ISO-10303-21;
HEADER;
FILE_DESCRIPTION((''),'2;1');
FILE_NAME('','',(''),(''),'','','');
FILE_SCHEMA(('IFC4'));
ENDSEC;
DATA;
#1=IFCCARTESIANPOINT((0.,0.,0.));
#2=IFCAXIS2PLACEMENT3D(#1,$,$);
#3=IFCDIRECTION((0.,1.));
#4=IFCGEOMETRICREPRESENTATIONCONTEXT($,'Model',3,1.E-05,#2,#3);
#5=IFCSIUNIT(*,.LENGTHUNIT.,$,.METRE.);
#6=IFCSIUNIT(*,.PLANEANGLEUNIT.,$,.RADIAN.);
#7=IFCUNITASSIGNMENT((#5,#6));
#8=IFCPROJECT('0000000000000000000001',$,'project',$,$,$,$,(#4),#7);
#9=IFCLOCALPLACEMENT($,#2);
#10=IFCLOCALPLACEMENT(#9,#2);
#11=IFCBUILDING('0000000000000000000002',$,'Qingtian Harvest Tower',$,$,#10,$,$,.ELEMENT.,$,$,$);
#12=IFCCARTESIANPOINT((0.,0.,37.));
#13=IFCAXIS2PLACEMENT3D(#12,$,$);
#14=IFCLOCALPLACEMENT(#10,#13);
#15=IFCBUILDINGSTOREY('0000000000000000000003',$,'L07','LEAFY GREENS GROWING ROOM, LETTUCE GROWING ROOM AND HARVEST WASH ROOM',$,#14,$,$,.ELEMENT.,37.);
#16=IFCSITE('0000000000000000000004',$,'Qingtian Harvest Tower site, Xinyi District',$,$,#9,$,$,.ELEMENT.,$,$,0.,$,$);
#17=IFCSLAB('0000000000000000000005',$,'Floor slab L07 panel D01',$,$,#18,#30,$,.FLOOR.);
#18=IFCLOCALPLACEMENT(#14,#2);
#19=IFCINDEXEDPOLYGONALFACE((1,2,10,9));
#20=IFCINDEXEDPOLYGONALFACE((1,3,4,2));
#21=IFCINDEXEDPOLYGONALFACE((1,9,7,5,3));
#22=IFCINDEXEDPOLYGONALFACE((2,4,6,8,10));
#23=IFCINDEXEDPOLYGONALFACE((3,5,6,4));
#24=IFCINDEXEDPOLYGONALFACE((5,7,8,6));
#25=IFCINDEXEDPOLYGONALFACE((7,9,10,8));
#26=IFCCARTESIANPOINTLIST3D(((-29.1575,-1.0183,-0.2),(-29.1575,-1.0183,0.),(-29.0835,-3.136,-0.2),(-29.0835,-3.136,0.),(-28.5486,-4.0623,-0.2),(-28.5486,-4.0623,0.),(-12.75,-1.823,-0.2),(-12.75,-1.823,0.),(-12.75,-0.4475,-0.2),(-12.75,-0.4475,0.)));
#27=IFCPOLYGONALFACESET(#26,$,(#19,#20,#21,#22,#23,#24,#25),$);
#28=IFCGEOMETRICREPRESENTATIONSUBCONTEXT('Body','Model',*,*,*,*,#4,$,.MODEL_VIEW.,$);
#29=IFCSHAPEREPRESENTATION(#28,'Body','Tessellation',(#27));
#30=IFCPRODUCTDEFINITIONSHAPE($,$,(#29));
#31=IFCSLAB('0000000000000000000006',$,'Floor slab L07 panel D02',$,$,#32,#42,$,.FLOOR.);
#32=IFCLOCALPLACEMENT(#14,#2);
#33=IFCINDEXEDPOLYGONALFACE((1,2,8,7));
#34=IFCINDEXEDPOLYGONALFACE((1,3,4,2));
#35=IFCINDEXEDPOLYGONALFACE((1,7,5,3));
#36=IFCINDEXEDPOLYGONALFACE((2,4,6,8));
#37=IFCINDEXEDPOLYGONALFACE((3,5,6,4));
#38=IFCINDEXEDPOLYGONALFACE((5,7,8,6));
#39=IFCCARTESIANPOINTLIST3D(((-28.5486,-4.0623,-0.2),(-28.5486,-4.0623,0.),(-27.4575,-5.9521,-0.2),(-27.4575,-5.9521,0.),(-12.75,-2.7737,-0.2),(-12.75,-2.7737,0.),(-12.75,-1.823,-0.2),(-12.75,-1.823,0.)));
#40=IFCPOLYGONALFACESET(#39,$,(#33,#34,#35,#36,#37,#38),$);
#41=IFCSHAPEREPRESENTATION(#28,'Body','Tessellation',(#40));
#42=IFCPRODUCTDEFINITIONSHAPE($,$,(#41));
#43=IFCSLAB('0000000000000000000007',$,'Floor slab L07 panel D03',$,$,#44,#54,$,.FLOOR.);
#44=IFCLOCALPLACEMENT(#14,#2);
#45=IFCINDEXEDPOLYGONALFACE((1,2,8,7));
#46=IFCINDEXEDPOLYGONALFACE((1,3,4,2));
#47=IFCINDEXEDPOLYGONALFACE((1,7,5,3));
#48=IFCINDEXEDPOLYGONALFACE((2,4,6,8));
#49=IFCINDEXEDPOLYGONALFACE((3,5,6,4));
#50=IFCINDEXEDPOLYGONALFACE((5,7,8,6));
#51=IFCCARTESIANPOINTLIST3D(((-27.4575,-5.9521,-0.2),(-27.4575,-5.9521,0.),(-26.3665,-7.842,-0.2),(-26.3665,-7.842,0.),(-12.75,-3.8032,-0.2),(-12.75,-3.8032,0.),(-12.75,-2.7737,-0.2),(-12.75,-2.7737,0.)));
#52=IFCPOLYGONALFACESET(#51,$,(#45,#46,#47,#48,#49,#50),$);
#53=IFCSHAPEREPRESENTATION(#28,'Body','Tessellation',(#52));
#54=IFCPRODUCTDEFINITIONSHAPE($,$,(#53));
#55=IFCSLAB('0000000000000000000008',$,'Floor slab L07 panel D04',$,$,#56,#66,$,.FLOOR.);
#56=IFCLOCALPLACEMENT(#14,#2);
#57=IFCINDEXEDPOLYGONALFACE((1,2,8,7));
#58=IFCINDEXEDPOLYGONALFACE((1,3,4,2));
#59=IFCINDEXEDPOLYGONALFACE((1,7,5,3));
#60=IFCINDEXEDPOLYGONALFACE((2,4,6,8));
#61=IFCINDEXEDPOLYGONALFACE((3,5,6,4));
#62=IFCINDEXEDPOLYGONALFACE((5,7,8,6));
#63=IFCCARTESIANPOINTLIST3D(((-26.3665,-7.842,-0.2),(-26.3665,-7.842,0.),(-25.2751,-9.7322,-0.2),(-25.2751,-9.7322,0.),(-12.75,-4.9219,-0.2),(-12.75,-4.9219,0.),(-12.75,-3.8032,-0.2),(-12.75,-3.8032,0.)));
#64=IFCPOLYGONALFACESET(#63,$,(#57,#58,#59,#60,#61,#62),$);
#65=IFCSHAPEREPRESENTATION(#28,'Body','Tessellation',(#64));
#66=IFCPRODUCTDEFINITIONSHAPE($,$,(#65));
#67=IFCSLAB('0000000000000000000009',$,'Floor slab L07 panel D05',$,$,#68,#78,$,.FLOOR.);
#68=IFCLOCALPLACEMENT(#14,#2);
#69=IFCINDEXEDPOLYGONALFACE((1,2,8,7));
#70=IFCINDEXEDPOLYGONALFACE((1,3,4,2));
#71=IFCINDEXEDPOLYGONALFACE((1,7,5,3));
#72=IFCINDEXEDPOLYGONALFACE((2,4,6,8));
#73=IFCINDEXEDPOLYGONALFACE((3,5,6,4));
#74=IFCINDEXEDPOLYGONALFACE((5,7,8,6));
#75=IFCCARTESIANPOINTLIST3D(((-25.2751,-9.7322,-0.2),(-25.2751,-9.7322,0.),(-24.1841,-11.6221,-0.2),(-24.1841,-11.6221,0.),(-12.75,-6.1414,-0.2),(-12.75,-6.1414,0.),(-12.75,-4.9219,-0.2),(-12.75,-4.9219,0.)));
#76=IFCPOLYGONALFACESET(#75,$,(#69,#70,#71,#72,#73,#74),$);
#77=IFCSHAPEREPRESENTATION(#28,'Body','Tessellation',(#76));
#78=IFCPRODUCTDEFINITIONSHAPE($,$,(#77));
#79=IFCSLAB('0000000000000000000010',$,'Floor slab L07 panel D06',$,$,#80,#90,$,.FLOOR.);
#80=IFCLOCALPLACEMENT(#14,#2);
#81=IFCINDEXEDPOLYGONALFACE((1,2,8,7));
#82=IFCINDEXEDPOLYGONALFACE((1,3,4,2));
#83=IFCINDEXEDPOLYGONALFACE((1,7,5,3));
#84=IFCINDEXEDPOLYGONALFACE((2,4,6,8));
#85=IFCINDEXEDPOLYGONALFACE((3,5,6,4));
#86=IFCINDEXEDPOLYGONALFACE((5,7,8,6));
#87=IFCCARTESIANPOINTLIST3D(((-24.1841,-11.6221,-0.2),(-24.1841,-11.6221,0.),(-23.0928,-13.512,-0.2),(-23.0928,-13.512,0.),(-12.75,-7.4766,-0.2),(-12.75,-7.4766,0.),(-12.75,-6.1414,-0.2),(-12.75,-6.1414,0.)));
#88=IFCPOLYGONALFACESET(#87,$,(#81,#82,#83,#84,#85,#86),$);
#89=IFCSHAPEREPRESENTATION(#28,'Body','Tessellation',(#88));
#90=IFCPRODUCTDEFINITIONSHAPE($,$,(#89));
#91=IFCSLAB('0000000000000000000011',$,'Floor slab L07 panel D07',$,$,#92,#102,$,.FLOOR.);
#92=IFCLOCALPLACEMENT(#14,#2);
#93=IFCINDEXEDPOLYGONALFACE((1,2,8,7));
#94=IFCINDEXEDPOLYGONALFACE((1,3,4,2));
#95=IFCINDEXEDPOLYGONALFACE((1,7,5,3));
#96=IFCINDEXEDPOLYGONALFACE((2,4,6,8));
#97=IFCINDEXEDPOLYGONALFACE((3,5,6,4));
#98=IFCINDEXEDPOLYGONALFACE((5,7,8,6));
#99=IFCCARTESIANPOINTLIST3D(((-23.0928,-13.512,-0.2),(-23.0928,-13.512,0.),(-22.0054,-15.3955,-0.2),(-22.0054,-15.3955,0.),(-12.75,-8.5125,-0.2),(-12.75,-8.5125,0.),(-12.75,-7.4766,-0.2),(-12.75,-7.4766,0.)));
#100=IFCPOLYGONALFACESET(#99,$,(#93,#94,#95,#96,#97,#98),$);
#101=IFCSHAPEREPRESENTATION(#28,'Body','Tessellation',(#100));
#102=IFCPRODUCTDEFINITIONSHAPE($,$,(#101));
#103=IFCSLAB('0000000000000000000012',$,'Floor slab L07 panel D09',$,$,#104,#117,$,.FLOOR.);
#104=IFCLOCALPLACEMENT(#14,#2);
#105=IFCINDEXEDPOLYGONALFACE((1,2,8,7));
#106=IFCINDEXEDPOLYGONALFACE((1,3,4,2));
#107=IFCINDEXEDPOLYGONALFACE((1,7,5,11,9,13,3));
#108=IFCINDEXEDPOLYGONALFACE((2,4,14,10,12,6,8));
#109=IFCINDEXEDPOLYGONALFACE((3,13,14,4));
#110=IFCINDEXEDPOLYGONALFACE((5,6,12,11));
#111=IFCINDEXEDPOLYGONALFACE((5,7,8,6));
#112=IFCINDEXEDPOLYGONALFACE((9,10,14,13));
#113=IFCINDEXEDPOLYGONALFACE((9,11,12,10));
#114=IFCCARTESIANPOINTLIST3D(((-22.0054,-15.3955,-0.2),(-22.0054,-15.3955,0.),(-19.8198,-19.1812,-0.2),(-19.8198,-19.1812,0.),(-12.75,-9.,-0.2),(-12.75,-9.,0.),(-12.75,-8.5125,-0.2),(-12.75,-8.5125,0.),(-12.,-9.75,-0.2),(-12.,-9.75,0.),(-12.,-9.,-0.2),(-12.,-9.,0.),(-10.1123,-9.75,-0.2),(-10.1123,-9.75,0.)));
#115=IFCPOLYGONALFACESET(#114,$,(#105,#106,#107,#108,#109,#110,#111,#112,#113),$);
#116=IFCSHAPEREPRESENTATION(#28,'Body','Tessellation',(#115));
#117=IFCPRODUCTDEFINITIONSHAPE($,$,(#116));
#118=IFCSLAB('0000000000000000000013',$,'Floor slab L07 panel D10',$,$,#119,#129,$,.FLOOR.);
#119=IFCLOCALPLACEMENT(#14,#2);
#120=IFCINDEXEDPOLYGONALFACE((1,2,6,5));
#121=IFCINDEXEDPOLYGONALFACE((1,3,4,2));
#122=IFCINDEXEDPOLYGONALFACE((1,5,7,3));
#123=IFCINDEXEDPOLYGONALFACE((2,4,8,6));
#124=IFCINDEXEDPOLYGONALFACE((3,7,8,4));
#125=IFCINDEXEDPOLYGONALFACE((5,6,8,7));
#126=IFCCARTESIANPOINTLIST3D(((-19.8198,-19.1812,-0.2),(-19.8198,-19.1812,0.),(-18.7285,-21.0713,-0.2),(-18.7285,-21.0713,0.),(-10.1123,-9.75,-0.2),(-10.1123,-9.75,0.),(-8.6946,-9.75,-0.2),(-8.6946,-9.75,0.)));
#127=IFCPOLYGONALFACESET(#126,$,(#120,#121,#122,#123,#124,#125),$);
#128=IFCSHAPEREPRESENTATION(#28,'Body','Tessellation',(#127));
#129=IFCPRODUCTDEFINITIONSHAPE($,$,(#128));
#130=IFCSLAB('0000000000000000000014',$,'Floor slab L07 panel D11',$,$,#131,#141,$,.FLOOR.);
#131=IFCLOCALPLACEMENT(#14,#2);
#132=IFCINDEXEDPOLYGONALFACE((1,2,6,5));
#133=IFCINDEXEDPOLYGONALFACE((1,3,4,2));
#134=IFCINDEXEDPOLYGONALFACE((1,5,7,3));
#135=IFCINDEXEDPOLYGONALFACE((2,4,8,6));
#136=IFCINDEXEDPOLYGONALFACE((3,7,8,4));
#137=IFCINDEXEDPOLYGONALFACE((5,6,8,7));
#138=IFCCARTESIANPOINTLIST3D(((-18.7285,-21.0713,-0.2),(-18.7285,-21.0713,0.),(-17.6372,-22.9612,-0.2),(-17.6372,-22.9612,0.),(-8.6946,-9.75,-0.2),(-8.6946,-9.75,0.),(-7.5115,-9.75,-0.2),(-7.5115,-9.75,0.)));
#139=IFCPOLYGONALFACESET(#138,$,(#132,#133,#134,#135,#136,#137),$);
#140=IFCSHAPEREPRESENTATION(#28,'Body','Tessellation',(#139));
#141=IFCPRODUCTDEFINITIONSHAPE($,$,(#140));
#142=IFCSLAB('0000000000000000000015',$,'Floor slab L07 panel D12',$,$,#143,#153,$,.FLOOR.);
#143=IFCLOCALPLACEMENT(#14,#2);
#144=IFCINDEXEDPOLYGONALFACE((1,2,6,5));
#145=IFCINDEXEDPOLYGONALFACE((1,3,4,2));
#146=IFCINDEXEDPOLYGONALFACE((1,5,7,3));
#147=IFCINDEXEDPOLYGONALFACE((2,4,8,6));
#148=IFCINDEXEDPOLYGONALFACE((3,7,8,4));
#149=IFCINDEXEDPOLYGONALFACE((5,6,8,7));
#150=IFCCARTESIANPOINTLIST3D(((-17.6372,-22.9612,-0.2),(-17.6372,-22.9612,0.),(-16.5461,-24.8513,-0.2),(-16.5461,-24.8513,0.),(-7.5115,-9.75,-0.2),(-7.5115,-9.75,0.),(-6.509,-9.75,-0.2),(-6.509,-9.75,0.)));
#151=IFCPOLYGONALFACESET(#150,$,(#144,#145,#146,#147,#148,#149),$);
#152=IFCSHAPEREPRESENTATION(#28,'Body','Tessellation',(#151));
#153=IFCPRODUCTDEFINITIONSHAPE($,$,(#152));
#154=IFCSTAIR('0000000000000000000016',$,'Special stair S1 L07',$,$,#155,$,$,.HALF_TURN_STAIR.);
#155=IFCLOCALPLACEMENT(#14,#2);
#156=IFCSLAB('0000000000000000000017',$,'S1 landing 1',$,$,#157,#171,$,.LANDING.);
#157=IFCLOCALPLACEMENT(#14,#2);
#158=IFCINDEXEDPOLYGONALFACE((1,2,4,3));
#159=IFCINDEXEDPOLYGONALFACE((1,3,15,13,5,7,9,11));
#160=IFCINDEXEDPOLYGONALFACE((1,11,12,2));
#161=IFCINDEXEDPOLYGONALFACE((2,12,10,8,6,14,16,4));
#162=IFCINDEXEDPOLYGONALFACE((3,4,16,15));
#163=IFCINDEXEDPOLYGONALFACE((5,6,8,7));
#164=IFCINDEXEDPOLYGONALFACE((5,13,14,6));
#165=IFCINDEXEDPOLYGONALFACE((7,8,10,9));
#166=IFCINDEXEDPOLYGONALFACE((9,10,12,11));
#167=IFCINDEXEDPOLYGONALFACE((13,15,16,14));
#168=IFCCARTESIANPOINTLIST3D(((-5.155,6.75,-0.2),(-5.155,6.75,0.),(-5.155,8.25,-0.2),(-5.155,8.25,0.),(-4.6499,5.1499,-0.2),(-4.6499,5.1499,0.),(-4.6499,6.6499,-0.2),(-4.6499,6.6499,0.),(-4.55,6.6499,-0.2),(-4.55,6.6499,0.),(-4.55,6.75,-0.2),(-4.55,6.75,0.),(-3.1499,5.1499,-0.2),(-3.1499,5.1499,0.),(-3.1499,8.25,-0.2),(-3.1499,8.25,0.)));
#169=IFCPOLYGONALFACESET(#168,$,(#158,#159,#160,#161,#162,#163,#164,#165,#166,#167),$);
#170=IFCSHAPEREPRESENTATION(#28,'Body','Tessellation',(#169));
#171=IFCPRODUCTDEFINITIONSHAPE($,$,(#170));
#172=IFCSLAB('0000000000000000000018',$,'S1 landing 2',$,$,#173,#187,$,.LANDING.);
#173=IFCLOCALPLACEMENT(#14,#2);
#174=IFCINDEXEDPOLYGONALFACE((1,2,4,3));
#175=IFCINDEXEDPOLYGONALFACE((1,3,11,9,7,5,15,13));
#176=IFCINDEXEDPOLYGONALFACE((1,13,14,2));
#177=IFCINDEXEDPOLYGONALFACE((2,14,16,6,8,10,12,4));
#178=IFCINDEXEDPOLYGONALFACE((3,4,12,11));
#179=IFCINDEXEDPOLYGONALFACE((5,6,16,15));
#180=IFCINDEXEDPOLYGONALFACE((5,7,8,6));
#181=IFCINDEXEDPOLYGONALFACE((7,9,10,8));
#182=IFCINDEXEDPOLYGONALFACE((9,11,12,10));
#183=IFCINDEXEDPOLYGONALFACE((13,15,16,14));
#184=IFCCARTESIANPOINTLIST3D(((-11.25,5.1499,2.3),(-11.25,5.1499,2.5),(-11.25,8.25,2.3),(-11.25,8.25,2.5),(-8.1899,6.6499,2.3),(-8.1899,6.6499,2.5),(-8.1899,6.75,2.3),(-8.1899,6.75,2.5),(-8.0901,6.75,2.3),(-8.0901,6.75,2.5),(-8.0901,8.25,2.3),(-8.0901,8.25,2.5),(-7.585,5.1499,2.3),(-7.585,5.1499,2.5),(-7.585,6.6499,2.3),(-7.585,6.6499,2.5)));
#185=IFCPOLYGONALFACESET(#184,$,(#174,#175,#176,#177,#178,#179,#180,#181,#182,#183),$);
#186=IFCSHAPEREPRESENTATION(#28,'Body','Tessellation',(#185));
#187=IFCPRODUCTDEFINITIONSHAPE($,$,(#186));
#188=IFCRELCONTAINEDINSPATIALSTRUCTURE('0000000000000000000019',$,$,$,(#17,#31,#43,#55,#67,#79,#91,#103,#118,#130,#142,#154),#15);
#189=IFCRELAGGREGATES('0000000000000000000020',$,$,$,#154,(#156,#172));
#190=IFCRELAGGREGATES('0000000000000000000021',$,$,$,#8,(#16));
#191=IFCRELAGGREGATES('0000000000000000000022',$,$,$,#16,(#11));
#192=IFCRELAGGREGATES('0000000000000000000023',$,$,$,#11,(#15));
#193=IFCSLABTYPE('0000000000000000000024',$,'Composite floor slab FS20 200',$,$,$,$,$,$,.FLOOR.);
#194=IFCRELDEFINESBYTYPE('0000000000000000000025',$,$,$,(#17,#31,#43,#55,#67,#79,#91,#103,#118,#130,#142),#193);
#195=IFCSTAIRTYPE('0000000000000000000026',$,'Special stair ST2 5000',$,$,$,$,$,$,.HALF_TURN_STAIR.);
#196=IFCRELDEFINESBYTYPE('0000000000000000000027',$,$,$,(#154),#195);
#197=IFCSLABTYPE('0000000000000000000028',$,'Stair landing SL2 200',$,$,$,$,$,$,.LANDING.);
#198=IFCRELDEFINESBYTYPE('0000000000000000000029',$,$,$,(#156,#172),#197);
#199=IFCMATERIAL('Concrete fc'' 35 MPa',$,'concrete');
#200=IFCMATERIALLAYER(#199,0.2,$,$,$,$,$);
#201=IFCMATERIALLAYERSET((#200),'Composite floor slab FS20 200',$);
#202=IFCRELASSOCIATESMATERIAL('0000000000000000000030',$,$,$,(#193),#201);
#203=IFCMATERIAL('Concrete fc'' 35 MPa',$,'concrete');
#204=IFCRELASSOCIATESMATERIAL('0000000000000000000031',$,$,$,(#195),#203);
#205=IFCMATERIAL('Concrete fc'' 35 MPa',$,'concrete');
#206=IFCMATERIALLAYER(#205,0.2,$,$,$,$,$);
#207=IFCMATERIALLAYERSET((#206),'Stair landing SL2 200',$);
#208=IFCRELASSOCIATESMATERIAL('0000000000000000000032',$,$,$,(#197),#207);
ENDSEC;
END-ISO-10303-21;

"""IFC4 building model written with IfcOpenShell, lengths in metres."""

from ifc_helpers import new_model, si_unit, direction, frame, origin, place, context, subcontext, project, spatial, polyline, outline, extrude, material, layer, layer_set, type_object, element, aggregate, save


model = new_model("IFC4")

# Units and contexts
model_context = context("Model", 3, precision=1e-05, world=origin(), true_north=direction((0.0, 1.0)))
body_context = subcontext(model_context, "Body", "Model", "MODEL_VIEW")
ifc_project = project(units=[si_unit("LENGTHUNIT", "METRE"), si_unit("PLANEANGLEUNIT", "RADIAN")], contexts=[model_context])

# Site, building, storey
site_placement = place(None, origin())
site = spatial("IfcSite", under=ifc_project, at=site_placement, Name="Qingtian Harvest Tower site, Xinyi District", CompositionType="ELEMENT", RefElevation=0.0)
building_placement = place(site_placement, origin())
building = spatial("IfcBuilding", under=site, at=building_placement, Name="Qingtian Harvest Tower", CompositionType="ELEMENT")
storey_placement = place(building_placement, frame((0.0, 0.0, 37.0)))
storey = spatial("IfcBuildingStorey", under=building, at=storey_placement, Name="L07", Description="LEAFY GREENS GROWING ROOM, LETTUCE GROWING ROOM AND HARVEST WASH ROOM", CompositionType="ELEMENT", Elevation=37.0)

# Slabs
ifc_material_1 = material(Name="Concrete fc' 35 MPa", Category="concrete")
ifc_layer_1 = layer(ifc_material_1, 0.2)
ifc_layer_set_1 = layer_set([ifc_layer_1], Name="Composite floor slab FS20 200")
slab_type_1 = type_object("IfcSlabType", Name="Composite floor slab FS20 200", PredefinedType="FLOOR", material=ifc_layer_set_1)
slab_1_placement = place(storey_placement, frame((0.0, 0.0, -0.2)))
element("IfcSlab", 1, at=slab_1_placement, inside=storey, type_object=slab_type_1, Name="Floor slab L07 panel D01", PredefinedType="FLOOR", context=body_context, shape_type="SweptSolid", body=[
    extrude(outline(polyline([(-29.1575, -1.0183), (-12.75, -0.4475), (-12.75, -1.823), (-28.5486, -4.0623), (-29.0835, -3.136), (-29.1575, -1.0183)])), origin(), (0.0, 0.0, 1.0), 0.2),
])
slab_2_placement = place(storey_placement, frame((0.0, 0.0, -0.2)))
element("IfcSlab", 2, at=slab_2_placement, inside=storey, type_object=slab_type_1, Name="Floor slab L07 panel D02", PredefinedType="FLOOR", context=body_context, shape_type="SweptSolid", body=[
    extrude(outline(polyline([(-12.75, -2.7737), (-27.4575, -5.9521), (-28.5486, -4.0623), (-12.75, -1.823), (-12.75, -2.7737)])), origin(), (0.0, 0.0, 1.0), 0.2),
])
slab_3_placement = place(storey_placement, frame((0.0, 0.0, -0.2)))
element("IfcSlab", 3, at=slab_3_placement, inside=storey, type_object=slab_type_1, Name="Floor slab L07 panel D03", PredefinedType="FLOOR", context=body_context, shape_type="SweptSolid", body=[
    extrude(outline(polyline([(-12.75, -3.8032), (-26.3665, -7.842), (-27.4575, -5.9521), (-12.75, -2.7737), (-12.75, -3.8032)])), origin(), (0.0, 0.0, 1.0), 0.2),
])
slab_4_placement = place(storey_placement, frame((0.0, 0.0, -0.2)))
element("IfcSlab", 4, at=slab_4_placement, inside=storey, type_object=slab_type_1, Name="Floor slab L07 panel D04", PredefinedType="FLOOR", context=body_context, shape_type="SweptSolid", body=[
    extrude(outline(polyline([(-12.75, -4.9219), (-25.2751, -9.7322), (-26.3665, -7.842), (-12.75, -3.8032), (-12.75, -4.9219)])), origin(), (0.0, 0.0, 1.0), 0.2),
])
slab_5_placement = place(storey_placement, frame((0.0, 0.0, -0.2)))
element("IfcSlab", 5, at=slab_5_placement, inside=storey, type_object=slab_type_1, Name="Floor slab L07 panel D05", PredefinedType="FLOOR", context=body_context, shape_type="SweptSolid", body=[
    extrude(outline(polyline([(-12.75, -6.1414), (-24.1841, -11.6221), (-25.2751, -9.7322), (-12.75, -4.9219), (-12.75, -6.1414)])), origin(), (0.0, 0.0, 1.0), 0.2),
])
slab_6_placement = place(storey_placement, frame((0.0, 0.0, -0.2)))
element("IfcSlab", 6, at=slab_6_placement, inside=storey, type_object=slab_type_1, Name="Floor slab L07 panel D06", PredefinedType="FLOOR", context=body_context, shape_type="SweptSolid", body=[
    extrude(outline(polyline([(-12.75, -7.4766), (-23.0928, -13.512), (-24.1841, -11.6221), (-12.75, -6.1414), (-12.75, -7.4766)])), origin(), (0.0, 0.0, 1.0), 0.2),
])
slab_7_placement = place(storey_placement, frame((0.0, 0.0, -0.2)))
element("IfcSlab", 7, at=slab_7_placement, inside=storey, type_object=slab_type_1, Name="Floor slab L07 panel D07", PredefinedType="FLOOR", context=body_context, shape_type="SweptSolid", body=[
    extrude(outline(polyline([(-12.75, -8.5125), (-22.0054, -15.3955), (-23.0928, -13.512), (-12.75, -7.4766), (-12.75, -8.5125)])), origin(), (0.0, 0.0, 1.0), 0.2),
])
slab_8_placement = place(storey_placement, frame((0.0, 0.0, -0.2)))
element("IfcSlab", 8, at=slab_8_placement, inside=storey, type_object=slab_type_1, Name="Floor slab L07 panel D09", PredefinedType="FLOOR", context=body_context, shape_type="SweptSolid", body=[
    extrude(outline(polyline([(-19.8198, -19.1812), (-22.0054, -15.3955), (-12.75, -8.5125), (-12.75, -9.0), (-12.0, -9.0), (-12.0, -9.75), (-10.1123, -9.75), (-19.8198, -19.1812)])), origin(), (0.0, 0.0, 1.0), 0.2),
])
slab_9_placement = place(storey_placement, frame((0.0, 0.0, -0.2)))
element("IfcSlab", 9, at=slab_9_placement, inside=storey, type_object=slab_type_1, Name="Floor slab L07 panel D10", PredefinedType="FLOOR", context=body_context, shape_type="SweptSolid", body=[
    extrude(outline(polyline([(-8.6946, -9.75), (-18.7285, -21.0713), (-19.8198, -19.1812), (-10.1123, -9.75), (-8.6946, -9.75)])), origin(), (0.0, 0.0, 1.0), 0.2),
])
slab_10_placement = place(storey_placement, frame((0.0, 0.0, -0.2)))
element("IfcSlab", 10, at=slab_10_placement, inside=storey, type_object=slab_type_1, Name="Floor slab L07 panel D11", PredefinedType="FLOOR", context=body_context, shape_type="SweptSolid", body=[
    extrude(outline(polyline([(-7.5115, -9.75), (-17.6372, -22.9612), (-18.7285, -21.0713), (-8.6946, -9.75), (-7.5115, -9.75)])), origin(), (0.0, 0.0, 1.0), 0.2),
])
slab_11_placement = place(storey_placement, frame((0.0, 0.0, -0.2)))
element("IfcSlab", 11, at=slab_11_placement, inside=storey, type_object=slab_type_1, Name="Floor slab L07 panel D12", PredefinedType="FLOOR", context=body_context, shape_type="SweptSolid", body=[
    extrude(outline(polyline([(-6.509, -9.75), (-16.5461, -24.8513), (-17.6372, -22.9612), (-7.5115, -9.75), (-6.509, -9.75)])), origin(), (0.0, 0.0, 1.0), 0.2),
])

# Stair, slabs
ifc_material_2 = material(Name="Concrete fc' 35 MPa", Category="concrete")
stair_type = type_object("IfcStairType", Name="Special stair ST2 5000", PredefinedType="HALF_TURN_STAIR", material=ifc_material_2)
stair_1_placement = place(storey_placement, origin())
stair_1 = element("IfcStair", 12, at=stair_1_placement, inside=storey, type_object=stair_type, Name="Special stair S1 L07", PredefinedType="HALF_TURN_STAIR")
ifc_material_3 = material(Name="Concrete fc' 35 MPa", Category="concrete")
ifc_layer_2 = layer(ifc_material_3, 0.2)
ifc_layer_set_2 = layer_set([ifc_layer_2], Name="Stair landing SL2 200")
slab_type_2 = type_object("IfcSlabType", Name="Stair landing SL2 200", PredefinedType="LANDING", material=ifc_layer_set_2)
slab_12_placement = place(storey_placement, frame((0.0, 0.0, -0.2)))
slab_12 = element("IfcSlab", 13, at=slab_12_placement, type_object=slab_type_2, Name="S1 landing 1", PredefinedType="LANDING", context=body_context, shape_type="SweptSolid", body=[
    extrude(outline(polyline([(-4.6499, 5.1499), (-4.6499, 6.6499), (-4.55, 6.6499), (-4.55, 6.75), (-5.155, 6.75), (-5.155, 8.25), (-3.1499, 8.25), (-3.1499, 5.1499), (-4.6499, 5.1499)])), origin(), (0.0, 0.0, 1.0), 0.2),
])
slab_13_placement = place(storey_placement, frame((0.0, 0.0, 2.3)))
slab_13 = element("IfcSlab", 14, at=slab_13_placement, type_object=slab_type_2, Name="S1 landing 2", PredefinedType="LANDING", context=body_context, shape_type="SweptSolid", body=[
    extrude(outline(polyline([(-7.585, 5.1499), (-11.25, 5.1499), (-11.25, 8.25), (-8.0901, 8.25), (-8.0901, 6.75), (-8.1899, 6.75), (-8.1899, 6.6499), (-7.585, 6.6499), (-7.585, 5.1499)])), origin(), (0.0, 0.0, 1.0), 0.2),
])
aggregate(stair_1, [slab_12, slab_13])

save(model, "model.ifc")
